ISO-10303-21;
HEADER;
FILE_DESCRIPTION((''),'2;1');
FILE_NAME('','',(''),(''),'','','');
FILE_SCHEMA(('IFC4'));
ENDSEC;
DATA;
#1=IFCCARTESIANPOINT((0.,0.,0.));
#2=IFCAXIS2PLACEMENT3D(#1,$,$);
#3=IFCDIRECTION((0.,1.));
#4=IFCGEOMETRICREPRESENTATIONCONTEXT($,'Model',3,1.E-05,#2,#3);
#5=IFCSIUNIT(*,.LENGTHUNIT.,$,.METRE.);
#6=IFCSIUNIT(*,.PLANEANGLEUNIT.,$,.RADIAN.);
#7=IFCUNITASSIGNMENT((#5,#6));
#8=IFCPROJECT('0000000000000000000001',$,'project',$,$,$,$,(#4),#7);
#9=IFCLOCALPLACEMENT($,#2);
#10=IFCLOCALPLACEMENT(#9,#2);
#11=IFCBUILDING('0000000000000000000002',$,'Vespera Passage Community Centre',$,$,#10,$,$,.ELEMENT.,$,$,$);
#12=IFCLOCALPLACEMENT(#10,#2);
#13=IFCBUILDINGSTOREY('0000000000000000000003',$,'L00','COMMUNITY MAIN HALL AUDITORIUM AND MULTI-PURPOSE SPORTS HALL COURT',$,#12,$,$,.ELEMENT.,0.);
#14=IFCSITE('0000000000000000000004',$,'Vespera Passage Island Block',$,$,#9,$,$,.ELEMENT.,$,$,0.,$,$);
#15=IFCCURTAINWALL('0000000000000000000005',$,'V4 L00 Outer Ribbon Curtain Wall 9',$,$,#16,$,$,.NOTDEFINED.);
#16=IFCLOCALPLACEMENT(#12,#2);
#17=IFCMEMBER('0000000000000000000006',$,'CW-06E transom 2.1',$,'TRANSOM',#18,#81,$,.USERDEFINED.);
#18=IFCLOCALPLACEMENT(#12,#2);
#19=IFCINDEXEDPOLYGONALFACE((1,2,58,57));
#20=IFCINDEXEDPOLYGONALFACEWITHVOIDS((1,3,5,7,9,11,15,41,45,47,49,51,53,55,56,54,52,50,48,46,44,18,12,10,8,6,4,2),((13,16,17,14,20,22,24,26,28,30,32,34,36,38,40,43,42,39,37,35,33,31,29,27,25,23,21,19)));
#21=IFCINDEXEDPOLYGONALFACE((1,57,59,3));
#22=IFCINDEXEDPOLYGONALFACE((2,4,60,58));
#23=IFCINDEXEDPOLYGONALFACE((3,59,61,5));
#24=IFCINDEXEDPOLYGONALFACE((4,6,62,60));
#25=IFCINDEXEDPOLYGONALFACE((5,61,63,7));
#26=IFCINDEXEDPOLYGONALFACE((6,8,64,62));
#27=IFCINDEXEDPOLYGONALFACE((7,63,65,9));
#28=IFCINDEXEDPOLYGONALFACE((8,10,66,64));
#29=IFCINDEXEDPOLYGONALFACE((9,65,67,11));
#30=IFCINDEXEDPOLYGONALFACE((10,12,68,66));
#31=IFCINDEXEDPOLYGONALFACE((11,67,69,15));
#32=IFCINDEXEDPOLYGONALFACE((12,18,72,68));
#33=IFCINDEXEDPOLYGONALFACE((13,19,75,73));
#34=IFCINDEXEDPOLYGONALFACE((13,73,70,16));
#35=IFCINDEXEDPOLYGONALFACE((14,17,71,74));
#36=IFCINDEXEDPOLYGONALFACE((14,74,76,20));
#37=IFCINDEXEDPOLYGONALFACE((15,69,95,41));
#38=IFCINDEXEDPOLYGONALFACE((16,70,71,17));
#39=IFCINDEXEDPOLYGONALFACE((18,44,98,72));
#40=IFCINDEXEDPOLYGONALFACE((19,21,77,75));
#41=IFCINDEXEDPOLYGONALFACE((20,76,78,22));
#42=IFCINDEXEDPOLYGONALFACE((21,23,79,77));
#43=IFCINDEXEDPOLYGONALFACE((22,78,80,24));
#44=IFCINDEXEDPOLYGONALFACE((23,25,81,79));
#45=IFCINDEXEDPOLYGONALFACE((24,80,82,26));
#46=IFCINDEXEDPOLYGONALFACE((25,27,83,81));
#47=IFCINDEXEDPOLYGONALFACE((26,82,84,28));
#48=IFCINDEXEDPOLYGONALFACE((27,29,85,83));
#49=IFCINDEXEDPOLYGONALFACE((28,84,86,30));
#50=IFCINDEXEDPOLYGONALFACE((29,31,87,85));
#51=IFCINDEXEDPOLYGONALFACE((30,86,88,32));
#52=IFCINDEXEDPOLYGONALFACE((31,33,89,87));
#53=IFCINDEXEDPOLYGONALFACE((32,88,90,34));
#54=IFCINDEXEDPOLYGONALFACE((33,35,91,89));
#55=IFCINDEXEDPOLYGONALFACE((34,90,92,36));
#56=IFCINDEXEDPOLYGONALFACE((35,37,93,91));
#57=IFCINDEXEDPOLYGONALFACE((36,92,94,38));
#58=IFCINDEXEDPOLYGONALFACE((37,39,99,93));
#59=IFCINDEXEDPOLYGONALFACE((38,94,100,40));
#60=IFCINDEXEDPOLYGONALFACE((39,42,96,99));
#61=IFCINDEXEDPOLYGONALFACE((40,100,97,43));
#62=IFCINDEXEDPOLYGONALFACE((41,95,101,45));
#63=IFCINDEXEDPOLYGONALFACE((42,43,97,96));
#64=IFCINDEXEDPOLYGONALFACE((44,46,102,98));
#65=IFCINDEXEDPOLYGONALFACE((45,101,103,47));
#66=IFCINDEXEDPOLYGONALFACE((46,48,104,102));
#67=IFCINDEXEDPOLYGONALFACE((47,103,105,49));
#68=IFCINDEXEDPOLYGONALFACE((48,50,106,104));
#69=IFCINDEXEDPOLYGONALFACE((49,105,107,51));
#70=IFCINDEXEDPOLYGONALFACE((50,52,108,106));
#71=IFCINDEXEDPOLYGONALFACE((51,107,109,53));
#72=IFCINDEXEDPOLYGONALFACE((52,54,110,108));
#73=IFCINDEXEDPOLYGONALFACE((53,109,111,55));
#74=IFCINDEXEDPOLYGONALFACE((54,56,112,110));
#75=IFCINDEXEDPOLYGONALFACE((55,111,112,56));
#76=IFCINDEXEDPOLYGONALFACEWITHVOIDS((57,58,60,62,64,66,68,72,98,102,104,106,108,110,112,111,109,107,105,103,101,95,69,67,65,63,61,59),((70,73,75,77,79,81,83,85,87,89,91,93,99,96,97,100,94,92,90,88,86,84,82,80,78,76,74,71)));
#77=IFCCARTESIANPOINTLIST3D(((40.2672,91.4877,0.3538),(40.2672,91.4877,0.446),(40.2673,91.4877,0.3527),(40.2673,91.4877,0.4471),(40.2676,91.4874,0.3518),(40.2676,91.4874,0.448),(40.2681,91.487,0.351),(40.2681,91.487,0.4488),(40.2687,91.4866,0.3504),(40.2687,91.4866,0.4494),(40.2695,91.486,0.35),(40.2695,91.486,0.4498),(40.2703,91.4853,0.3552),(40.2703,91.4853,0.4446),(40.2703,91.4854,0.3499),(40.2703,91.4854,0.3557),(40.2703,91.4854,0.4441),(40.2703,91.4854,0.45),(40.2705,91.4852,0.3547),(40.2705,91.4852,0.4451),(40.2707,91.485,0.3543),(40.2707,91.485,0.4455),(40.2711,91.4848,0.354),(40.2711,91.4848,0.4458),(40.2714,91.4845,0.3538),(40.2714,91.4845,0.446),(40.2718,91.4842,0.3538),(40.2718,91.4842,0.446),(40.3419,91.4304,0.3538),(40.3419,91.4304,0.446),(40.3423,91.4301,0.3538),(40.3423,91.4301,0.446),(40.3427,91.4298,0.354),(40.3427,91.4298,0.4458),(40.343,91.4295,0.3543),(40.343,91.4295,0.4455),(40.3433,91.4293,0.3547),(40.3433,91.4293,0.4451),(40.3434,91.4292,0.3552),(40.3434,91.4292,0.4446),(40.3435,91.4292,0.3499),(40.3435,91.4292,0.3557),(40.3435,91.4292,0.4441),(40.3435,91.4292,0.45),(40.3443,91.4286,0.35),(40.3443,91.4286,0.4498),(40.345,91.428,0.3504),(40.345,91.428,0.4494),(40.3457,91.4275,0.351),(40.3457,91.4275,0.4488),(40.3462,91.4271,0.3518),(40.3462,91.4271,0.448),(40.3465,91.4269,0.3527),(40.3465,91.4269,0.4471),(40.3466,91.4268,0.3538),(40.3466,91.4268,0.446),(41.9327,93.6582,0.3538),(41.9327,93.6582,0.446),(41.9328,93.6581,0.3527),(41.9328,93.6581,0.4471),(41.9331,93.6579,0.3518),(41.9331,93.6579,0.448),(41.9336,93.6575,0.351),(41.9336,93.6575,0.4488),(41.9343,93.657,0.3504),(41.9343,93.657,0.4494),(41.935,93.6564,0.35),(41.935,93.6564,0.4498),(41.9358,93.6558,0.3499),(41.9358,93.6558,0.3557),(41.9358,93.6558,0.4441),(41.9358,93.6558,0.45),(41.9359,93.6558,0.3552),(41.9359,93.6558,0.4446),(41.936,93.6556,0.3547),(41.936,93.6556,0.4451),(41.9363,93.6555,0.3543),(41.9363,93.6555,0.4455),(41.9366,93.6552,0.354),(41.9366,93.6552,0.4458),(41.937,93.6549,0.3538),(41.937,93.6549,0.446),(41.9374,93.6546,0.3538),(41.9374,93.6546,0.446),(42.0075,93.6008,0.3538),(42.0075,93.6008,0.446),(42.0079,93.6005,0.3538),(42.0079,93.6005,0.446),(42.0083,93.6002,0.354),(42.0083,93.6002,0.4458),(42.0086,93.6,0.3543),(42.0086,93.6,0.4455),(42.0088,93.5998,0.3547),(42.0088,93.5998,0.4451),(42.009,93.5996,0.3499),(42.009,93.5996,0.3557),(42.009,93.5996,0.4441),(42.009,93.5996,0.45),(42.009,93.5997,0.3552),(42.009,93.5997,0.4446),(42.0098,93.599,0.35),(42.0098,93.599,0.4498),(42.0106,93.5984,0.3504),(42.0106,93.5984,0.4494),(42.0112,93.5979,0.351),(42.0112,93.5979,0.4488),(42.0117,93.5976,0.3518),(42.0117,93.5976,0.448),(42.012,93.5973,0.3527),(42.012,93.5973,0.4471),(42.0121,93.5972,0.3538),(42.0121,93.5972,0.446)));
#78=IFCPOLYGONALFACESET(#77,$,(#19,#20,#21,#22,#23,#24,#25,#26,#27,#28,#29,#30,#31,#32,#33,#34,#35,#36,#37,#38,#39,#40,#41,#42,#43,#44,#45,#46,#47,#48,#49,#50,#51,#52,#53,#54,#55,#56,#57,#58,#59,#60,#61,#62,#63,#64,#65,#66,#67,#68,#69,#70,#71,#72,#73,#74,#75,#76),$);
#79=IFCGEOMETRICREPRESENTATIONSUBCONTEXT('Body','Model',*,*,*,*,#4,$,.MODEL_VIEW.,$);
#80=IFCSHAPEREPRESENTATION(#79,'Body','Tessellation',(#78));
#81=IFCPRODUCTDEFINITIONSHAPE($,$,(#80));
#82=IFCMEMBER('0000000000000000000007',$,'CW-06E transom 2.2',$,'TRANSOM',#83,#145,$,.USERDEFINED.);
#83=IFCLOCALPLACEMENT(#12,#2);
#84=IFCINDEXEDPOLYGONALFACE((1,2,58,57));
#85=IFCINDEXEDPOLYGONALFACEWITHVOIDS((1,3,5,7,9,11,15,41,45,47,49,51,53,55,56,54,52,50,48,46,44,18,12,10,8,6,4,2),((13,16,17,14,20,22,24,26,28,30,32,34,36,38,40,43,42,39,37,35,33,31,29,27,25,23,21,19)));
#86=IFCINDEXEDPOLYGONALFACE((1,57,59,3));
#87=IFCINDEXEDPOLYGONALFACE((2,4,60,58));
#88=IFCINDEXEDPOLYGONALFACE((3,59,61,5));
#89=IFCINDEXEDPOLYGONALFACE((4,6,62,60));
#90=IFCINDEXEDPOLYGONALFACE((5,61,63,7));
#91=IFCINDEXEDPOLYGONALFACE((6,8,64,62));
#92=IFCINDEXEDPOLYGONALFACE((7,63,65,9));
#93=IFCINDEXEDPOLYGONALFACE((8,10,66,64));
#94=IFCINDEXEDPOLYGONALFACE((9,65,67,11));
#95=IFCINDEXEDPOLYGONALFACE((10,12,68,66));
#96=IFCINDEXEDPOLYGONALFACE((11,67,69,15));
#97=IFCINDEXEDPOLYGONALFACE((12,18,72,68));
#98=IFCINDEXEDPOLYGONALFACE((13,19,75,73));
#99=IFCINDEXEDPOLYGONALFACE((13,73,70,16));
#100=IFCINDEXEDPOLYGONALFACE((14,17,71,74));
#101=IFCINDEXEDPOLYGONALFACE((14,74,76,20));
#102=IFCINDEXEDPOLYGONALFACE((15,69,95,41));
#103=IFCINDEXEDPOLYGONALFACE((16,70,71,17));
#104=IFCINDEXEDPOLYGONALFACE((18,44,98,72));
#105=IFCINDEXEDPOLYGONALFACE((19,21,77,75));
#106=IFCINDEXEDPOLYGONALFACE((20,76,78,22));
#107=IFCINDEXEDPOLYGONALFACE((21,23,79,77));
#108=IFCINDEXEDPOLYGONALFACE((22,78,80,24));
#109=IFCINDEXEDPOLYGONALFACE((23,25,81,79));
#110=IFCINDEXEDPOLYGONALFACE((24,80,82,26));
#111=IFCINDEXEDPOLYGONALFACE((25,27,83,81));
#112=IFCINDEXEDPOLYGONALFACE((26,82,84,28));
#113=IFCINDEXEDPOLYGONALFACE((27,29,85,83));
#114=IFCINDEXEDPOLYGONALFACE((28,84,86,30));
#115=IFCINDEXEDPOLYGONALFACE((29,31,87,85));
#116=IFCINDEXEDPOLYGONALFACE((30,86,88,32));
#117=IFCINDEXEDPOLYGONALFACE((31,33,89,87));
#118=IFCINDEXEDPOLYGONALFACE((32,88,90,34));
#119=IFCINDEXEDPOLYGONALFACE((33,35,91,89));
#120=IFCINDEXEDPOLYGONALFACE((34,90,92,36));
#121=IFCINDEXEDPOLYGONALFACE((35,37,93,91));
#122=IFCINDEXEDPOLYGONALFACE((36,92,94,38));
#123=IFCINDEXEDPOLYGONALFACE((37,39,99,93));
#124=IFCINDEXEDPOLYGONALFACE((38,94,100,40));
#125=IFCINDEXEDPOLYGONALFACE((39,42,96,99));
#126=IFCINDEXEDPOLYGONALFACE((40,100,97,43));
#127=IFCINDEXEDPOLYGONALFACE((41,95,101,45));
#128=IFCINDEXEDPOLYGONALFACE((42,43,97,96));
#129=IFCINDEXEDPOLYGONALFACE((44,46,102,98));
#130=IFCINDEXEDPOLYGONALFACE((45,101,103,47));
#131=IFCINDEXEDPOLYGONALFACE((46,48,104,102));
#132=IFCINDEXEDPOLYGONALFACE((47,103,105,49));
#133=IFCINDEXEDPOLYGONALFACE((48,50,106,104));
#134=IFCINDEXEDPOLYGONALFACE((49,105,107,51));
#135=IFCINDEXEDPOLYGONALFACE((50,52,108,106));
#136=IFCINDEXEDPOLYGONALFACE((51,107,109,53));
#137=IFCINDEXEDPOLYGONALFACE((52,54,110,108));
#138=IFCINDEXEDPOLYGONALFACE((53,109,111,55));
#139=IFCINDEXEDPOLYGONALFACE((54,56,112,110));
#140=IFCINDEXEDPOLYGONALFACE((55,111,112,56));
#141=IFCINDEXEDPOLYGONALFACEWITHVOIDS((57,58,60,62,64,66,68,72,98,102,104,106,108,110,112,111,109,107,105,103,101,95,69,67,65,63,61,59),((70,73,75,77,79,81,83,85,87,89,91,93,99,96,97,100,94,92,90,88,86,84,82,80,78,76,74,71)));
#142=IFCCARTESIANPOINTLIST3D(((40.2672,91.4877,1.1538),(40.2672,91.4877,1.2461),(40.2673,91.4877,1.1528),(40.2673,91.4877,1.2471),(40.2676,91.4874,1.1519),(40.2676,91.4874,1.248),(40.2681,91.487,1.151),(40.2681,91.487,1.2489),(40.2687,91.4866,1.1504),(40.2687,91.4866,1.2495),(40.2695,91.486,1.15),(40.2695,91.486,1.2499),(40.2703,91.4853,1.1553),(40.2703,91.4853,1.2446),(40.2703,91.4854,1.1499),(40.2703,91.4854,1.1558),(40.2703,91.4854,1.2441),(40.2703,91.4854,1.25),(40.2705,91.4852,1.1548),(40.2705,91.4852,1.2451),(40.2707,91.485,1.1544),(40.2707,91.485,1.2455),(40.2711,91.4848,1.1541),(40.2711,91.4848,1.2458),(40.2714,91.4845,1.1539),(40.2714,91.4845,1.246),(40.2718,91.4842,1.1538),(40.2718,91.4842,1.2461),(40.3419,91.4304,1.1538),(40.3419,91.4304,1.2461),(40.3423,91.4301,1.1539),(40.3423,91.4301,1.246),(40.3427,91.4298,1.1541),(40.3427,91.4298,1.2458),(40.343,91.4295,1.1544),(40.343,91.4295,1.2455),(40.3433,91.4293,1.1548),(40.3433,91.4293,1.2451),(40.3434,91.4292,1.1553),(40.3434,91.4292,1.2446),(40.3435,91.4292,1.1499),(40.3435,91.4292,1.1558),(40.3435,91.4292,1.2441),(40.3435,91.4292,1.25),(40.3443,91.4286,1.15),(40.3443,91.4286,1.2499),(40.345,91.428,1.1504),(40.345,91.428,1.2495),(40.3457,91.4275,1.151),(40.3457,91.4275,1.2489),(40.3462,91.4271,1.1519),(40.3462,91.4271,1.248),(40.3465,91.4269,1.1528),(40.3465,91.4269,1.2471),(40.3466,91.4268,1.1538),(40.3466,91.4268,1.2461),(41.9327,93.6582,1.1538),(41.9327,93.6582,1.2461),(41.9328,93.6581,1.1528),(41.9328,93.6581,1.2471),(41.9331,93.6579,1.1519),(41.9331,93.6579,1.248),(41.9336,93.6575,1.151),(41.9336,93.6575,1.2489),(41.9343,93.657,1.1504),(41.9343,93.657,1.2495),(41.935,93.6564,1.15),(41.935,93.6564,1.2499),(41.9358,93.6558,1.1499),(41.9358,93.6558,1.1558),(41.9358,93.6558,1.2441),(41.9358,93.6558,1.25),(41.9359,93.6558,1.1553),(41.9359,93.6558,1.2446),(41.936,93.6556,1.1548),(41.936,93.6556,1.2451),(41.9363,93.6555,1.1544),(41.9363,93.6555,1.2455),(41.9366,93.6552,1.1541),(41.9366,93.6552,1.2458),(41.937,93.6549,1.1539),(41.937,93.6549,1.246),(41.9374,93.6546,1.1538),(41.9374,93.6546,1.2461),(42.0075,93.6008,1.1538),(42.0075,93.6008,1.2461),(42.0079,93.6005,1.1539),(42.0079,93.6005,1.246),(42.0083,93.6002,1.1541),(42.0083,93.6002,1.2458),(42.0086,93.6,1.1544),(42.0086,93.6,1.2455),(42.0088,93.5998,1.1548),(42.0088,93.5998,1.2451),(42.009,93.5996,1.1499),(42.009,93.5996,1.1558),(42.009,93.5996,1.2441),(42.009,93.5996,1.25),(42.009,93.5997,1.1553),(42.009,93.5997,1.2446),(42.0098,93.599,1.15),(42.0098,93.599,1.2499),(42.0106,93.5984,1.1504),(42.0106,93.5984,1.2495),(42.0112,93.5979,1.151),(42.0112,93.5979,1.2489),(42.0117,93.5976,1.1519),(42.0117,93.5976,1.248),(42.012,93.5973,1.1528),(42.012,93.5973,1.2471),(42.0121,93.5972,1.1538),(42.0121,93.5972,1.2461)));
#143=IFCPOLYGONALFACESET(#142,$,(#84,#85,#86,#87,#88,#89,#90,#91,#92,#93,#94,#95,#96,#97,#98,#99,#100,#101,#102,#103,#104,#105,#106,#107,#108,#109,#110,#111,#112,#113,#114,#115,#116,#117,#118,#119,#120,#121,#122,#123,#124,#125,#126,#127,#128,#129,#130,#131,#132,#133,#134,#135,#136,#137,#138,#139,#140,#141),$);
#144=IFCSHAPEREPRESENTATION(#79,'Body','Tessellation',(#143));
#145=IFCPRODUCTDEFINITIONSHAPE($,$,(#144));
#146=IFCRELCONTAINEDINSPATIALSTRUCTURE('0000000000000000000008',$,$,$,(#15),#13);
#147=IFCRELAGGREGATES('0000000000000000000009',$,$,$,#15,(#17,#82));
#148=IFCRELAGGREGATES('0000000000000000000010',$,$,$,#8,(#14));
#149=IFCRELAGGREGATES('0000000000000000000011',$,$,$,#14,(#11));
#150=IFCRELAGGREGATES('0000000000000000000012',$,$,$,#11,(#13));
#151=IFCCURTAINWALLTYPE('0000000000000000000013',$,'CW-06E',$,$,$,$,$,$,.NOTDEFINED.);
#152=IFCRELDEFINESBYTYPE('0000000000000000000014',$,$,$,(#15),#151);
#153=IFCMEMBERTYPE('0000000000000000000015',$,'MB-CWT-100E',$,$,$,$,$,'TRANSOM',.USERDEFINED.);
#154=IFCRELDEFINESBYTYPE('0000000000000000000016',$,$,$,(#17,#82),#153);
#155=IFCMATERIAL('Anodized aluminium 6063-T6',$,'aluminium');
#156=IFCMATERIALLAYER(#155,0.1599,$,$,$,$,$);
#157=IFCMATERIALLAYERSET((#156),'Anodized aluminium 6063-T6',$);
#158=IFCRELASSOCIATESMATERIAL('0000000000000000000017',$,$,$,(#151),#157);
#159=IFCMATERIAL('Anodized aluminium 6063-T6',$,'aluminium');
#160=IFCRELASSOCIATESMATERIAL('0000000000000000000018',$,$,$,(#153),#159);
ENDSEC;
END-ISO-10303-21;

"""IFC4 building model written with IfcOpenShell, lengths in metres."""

from ifc_helpers import new_model, si_unit, direction, frame, origin, origin_2d, place, context, subcontext, project, spatial, hollow_rectangle, extrude, material, layer, layer_set, material_profile, profile_set, type_object, element, aggregate, save


model = new_model("IFC4")

# Units and contexts
model_context = context("Model", 3, precision=1e-05, world=origin(), true_north=direction((0.0, 1.0)))
body_context = subcontext(model_context, "Body", "Model", "MODEL_VIEW")
ifc_project = project(units=[si_unit("LENGTHUNIT", "METRE"), si_unit("PLANEANGLEUNIT", "RADIAN")], contexts=[model_context])

# Site, building, storey
site_placement = place(None, origin())
site = spatial("IfcSite", under=ifc_project, at=site_placement, Name="Vespera Passage Island Block", CompositionType="ELEMENT", RefElevation=0.0)
building_placement = place(site_placement, origin())
building = spatial("IfcBuilding", under=site, at=building_placement, Name="Vespera Passage Community Centre", CompositionType="ELEMENT")
storey_placement = place(building_placement, origin())
storey = spatial("IfcBuildingStorey", under=building, at=storey_placement, Name="L00", Description="COMMUNITY MAIN HALL AUDITORIUM AND MULTI-PURPOSE SPORTS HALL COURT", CompositionType="ELEMENT", Elevation=0.0)

# Curtain wall
ifc_material_1 = material(Name="Anodized aluminium 6063-T6", Category="aluminium")
ifc_layer_1 = layer(ifc_material_1, 0.1599)
ifc_layer_set_1 = layer_set([ifc_layer_1], Name="Anodized aluminium 6063-T6")
curtain_wall_type_1 = type_object("IfcCurtainWallType", Name="CW-06E", PredefinedType="NOTDEFINED", material=ifc_layer_set_1)
curtain_wall_1_placement = place(storey_placement, origin())
curtain_wall_1 = element("IfcCurtainWall", 1, at=curtain_wall_1_placement, inside=storey, type_object=curtain_wall_type_1, Name="V4 L00 Outer Ribbon Curtain Wall 9", PredefinedType="NOTDEFINED")

# Members
ifc_material_2 = material(Name="Anodized aluminium 6063-T6", Category="aluminium")
ifc_material_profile_1 = material_profile(ifc_material_2, hollow_rectangle(XDim=0.1001, YDim=0.1001, WallThickness=0.0039, InnerFilletRadius=0.002, OuterFilletRadius=0.0039, at=origin_2d()), Name="ALU100X100X4")
ifc_profile_set_1 = profile_set([ifc_material_profile_1], Name="Anodized aluminium 6063-T6")
member_type_1 = type_object("IfcMemberType", Name="MB-CWT-100E", ElementType="TRANSOM", PredefinedType="USERDEFINED", material=ifc_profile_set_1)
member_1_placement = place(storey_placement, frame((40.3069, 91.4573, 0.3999), z_axis=(0.608787, 0.793333, 0.0), x_axis=(-0.793333, 0.608787, 0.0)))
member_1 = element("IfcMember", 2, at=member_1_placement, type_object=member_type_1, Name="CW-06E transom 2.1", ObjectType="TRANSOM", PredefinedType="USERDEFINED", context=body_context, shape_type="SweptSolid", body=[
    extrude(hollow_rectangle(XDim=0.1001, YDim=0.1001, WallThickness=0.0039, InnerFilletRadius=0.002, OuterFilletRadius=0.0039, at=origin_2d()), origin(), (0.0, 0.0, 1.0), 2.7358),
])
member_2_placement = place(storey_placement, frame((40.3069, 91.4573, 1.2), z_axis=(0.608787, 0.793333, 0.0), x_axis=(-0.793333, 0.608787, 0.0)))
member_2 = element("IfcMember", 3, at=member_2_placement, type_object=member_type_1, Name="CW-06E transom 2.2", ObjectType="TRANSOM", PredefinedType="USERDEFINED", context=body_context, shape_type="SweptSolid", body=[
    extrude(hollow_rectangle(XDim=0.1001, YDim=0.1001, WallThickness=0.0039, InnerFilletRadius=0.002, OuterFilletRadius=0.0039, at=origin_2d()), origin(), (0.0, 0.0, 1.0), 2.7358),
])

aggregate(curtain_wall_1, [member_1, member_2])

save(model, "model.ifc")
